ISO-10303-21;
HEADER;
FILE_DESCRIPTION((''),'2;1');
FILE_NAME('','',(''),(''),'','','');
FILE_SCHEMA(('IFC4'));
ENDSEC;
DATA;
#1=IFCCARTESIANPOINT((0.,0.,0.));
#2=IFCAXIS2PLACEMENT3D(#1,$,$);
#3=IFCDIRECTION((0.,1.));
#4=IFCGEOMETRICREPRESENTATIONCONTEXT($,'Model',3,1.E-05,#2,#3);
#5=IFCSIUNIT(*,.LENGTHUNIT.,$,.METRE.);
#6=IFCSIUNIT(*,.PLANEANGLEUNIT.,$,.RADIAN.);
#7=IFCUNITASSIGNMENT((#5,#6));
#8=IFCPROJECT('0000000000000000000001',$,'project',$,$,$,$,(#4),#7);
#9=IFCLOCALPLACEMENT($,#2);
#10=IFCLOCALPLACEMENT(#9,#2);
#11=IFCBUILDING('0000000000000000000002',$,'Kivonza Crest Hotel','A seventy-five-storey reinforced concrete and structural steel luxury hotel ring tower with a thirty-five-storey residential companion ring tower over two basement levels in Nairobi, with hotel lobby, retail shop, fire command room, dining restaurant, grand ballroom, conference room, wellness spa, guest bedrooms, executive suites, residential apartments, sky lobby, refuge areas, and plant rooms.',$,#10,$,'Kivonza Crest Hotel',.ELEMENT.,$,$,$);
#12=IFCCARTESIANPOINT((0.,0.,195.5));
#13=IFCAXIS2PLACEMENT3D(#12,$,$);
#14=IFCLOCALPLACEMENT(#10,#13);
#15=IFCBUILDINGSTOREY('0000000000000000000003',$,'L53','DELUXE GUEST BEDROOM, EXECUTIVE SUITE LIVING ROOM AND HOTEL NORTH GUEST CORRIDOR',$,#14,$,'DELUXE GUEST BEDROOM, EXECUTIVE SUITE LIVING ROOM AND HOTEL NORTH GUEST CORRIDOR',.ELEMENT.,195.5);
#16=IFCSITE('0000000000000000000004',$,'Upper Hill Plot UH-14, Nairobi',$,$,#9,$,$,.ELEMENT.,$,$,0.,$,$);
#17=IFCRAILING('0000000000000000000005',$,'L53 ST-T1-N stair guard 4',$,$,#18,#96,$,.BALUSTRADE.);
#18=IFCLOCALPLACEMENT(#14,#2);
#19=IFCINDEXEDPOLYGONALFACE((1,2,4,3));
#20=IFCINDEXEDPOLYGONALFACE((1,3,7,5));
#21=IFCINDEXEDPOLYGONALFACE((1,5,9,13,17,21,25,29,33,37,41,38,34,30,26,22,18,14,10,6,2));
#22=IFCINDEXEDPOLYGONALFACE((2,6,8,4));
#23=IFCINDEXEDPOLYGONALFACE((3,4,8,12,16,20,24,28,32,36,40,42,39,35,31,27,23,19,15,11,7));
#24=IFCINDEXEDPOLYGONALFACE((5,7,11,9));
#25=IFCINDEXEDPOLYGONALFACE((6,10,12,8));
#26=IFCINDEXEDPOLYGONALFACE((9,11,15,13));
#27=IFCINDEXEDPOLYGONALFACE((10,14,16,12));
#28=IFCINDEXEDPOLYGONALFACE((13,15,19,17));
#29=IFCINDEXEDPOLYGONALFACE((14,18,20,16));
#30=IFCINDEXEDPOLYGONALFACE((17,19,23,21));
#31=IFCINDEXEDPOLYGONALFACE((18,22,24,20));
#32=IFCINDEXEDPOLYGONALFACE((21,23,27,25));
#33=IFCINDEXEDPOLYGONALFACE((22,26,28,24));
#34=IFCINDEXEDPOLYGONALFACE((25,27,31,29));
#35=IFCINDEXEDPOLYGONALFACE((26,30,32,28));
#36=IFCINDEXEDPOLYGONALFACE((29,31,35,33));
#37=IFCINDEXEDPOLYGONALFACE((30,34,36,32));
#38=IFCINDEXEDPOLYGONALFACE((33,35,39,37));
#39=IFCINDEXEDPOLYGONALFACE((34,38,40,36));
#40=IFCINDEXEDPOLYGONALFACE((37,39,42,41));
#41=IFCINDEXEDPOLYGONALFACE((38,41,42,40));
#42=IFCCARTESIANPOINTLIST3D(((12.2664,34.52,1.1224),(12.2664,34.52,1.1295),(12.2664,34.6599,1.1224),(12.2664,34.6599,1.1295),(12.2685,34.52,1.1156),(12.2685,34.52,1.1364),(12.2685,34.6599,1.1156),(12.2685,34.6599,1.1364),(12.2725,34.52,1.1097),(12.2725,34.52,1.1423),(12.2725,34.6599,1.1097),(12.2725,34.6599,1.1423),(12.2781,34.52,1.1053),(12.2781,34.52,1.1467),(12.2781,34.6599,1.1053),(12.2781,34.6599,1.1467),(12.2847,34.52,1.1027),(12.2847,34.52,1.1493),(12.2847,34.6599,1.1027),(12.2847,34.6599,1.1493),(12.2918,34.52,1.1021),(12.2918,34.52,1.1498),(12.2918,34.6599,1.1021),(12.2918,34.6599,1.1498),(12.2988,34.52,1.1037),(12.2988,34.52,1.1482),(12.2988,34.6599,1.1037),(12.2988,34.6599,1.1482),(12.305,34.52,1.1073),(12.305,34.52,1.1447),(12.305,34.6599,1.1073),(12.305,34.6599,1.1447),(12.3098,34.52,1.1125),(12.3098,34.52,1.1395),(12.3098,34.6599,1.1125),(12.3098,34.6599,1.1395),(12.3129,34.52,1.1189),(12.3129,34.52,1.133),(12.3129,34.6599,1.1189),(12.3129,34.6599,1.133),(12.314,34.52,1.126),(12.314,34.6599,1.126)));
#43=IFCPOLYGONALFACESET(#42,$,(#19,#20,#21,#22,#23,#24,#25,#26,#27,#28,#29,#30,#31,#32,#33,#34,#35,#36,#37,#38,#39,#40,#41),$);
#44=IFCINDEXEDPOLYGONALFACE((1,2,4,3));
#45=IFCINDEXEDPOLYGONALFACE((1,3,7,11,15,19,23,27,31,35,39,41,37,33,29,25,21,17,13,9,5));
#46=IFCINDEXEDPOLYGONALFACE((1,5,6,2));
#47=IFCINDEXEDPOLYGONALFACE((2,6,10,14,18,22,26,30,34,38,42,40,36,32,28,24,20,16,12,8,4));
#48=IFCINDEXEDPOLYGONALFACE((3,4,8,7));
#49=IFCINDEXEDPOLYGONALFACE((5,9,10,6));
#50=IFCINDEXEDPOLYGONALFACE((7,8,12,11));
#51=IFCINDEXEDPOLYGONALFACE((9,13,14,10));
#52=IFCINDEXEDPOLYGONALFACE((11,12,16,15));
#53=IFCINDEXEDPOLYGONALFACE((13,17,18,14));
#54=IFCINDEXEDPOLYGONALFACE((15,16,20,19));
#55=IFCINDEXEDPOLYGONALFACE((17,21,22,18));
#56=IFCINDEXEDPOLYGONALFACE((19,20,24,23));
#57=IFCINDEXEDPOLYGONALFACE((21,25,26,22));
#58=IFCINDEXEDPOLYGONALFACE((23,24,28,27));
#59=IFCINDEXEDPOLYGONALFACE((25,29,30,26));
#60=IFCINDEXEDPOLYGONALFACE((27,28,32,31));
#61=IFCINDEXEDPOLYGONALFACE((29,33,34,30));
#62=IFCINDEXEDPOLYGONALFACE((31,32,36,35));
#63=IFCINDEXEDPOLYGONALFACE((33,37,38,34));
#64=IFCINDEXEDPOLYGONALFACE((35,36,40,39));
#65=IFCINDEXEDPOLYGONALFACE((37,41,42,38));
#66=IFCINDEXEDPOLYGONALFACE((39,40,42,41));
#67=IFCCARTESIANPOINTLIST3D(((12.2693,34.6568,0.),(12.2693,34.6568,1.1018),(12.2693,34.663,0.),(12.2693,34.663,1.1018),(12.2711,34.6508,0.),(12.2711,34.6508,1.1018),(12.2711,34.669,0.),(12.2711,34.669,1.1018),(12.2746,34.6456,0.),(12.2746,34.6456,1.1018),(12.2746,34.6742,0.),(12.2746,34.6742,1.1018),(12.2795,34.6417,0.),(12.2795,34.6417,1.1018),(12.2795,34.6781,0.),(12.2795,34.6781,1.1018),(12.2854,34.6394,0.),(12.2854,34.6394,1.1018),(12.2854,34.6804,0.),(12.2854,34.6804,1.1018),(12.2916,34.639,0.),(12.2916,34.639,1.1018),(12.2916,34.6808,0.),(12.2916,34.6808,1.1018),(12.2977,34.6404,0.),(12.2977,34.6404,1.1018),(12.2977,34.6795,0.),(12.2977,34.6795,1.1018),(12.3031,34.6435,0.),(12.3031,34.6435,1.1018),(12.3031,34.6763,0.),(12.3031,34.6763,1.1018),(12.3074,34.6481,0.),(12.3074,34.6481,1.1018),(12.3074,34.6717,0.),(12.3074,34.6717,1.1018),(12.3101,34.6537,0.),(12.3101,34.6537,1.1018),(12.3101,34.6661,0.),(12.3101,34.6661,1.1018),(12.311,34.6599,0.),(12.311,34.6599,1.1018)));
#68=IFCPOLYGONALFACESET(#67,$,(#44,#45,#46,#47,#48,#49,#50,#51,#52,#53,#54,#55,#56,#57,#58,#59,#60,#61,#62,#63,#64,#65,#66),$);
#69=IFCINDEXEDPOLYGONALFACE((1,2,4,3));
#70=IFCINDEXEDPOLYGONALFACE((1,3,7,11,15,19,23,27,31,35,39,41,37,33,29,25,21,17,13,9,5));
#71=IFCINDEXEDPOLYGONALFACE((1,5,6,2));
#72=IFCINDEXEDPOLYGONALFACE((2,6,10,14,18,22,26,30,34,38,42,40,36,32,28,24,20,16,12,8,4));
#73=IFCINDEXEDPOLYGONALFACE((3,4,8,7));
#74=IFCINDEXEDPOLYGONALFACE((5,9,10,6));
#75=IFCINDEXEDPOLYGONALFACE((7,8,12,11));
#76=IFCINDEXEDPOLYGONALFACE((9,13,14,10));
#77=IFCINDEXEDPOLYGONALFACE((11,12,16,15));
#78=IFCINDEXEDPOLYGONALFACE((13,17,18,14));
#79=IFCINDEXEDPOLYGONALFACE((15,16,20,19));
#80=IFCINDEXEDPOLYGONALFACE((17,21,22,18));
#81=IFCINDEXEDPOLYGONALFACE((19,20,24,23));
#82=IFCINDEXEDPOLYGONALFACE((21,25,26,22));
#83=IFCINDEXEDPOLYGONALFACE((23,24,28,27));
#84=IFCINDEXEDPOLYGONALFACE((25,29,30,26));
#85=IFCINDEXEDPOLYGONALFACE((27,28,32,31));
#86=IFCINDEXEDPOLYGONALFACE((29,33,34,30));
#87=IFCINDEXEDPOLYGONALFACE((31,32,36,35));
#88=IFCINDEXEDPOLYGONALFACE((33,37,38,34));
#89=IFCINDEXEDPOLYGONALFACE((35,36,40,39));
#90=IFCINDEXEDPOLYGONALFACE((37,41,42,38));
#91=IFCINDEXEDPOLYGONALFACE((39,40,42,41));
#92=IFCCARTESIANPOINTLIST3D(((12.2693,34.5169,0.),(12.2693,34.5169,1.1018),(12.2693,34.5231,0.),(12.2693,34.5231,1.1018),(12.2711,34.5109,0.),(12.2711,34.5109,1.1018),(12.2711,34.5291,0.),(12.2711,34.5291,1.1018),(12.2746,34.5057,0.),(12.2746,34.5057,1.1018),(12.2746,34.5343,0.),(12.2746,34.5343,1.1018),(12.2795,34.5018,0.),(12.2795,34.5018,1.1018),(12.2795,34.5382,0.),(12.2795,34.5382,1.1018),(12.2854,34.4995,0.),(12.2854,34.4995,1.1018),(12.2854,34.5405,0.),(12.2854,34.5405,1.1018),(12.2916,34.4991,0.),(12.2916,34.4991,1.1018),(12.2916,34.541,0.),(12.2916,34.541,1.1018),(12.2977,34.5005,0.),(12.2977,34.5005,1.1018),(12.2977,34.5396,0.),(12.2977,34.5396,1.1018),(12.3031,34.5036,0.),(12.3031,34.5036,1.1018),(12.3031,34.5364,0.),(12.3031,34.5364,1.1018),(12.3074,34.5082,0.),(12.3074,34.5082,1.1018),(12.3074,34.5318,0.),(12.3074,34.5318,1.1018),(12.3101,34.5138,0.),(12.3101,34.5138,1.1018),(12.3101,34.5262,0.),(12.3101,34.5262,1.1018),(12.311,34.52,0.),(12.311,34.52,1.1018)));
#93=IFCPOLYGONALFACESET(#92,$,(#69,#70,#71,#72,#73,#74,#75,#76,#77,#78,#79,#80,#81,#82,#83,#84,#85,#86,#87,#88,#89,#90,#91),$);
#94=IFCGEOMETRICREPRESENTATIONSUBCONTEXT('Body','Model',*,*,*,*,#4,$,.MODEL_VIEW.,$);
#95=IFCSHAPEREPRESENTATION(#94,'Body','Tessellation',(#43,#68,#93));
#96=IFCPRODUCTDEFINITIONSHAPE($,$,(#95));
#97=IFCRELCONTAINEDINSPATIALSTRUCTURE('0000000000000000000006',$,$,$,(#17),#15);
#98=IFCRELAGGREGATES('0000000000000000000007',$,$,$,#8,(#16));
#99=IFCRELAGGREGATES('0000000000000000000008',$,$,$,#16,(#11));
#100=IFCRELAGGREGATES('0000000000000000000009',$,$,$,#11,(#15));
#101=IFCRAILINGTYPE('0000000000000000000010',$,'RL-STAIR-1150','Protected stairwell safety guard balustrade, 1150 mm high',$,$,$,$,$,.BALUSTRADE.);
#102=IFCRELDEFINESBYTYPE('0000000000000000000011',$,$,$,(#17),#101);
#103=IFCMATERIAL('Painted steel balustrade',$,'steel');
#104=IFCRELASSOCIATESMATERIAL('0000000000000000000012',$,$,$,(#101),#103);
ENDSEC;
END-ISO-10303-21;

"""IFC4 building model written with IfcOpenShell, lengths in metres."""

from ifc_helpers import new_model, si_unit, direction, frame, origin, origin_2d, place, context, subcontext, project, spatial, circle, extrude, material, type_object, element, save


model = new_model("IFC4")

# Units and contexts
model_context = context("Model", 3, precision=1e-05, world=origin(), true_north=direction((0.0, 1.0)))
body_context = subcontext(model_context, "Body", "Model", "MODEL_VIEW")
ifc_project = project(units=[si_unit("LENGTHUNIT", "METRE"), si_unit("PLANEANGLEUNIT", "RADIAN")], contexts=[model_context])

# Site, building, storey
site_placement = place(None, origin())
site = spatial("IfcSite", under=ifc_project, at=site_placement, Name="Upper Hill Plot UH-14, Nairobi", CompositionType="ELEMENT", RefElevation=0.0)
building_placement = place(site_placement, origin())
building = spatial("IfcBuilding", under=site, at=building_placement, Name="Kivonza Crest Hotel", Description="A seventy-five-storey reinforced concrete and structural steel luxury hotel ring tower with a thirty-five-storey residential companion ring tower over two basement levels in Nairobi, with hotel lobby, retail shop, fire command room, dining restaurant, grand ballroom, conference room, wellness spa, guest bedrooms, executive suites, residential apartments, sky lobby, refuge areas, and plant rooms.", LongName="Kivonza Crest Hotel", CompositionType="ELEMENT")
storey_placement = place(building_placement, frame((0.0, 0.0, 195.5)))
storey = spatial("IfcBuildingStorey", under=building, at=storey_placement, Name="L53", Description="DELUXE GUEST BEDROOM, EXECUTIVE SUITE LIVING ROOM AND HOTEL NORTH GUEST CORRIDOR", LongName="DELUXE GUEST BEDROOM, EXECUTIVE SUITE LIVING ROOM AND HOTEL NORTH GUEST CORRIDOR", CompositionType="ELEMENT", Elevation=195.5)

# Railing
ifc_material_1 = material(Name="Painted steel balustrade", Category="steel")
railing_type_1 = type_object("IfcRailingType", Name="RL-STAIR-1150", Description="Protected stairwell safety guard balustrade, 1150 mm high", PredefinedType="BALUSTRADE", material=ifc_material_1)
railing_1_placement = place(storey_placement, frame((12.29, 34.6599, 0.0)))
element("IfcRailing", 1, at=railing_1_placement, inside=storey, type_object=railing_type_1, Name="L53 ST-T1-N stair guard 4", PredefinedType="BALUSTRADE", context=body_context, shape_type="SweptSolid", body=[
    extrude(circle(Radius=0.0239, at=origin_2d()), frame((0.0, 0.0, 1.126), z_axis=(0.0, -1.0, 0.0), x_axis=(1.0, 0.0, 0.0)), (0.0, 0.0, 1.0), 0.1399),
    extrude(circle(Radius=0.021, at=origin_2d()), origin(), (0.0, 0.0, 1.0), 1.1018),
    extrude(circle(Radius=0.021, at=origin_2d()), frame((0.0, -0.1399, 0.0)), (0.0, 0.0, 1.0), 1.1018),
])

save(model, "model.ifc")
